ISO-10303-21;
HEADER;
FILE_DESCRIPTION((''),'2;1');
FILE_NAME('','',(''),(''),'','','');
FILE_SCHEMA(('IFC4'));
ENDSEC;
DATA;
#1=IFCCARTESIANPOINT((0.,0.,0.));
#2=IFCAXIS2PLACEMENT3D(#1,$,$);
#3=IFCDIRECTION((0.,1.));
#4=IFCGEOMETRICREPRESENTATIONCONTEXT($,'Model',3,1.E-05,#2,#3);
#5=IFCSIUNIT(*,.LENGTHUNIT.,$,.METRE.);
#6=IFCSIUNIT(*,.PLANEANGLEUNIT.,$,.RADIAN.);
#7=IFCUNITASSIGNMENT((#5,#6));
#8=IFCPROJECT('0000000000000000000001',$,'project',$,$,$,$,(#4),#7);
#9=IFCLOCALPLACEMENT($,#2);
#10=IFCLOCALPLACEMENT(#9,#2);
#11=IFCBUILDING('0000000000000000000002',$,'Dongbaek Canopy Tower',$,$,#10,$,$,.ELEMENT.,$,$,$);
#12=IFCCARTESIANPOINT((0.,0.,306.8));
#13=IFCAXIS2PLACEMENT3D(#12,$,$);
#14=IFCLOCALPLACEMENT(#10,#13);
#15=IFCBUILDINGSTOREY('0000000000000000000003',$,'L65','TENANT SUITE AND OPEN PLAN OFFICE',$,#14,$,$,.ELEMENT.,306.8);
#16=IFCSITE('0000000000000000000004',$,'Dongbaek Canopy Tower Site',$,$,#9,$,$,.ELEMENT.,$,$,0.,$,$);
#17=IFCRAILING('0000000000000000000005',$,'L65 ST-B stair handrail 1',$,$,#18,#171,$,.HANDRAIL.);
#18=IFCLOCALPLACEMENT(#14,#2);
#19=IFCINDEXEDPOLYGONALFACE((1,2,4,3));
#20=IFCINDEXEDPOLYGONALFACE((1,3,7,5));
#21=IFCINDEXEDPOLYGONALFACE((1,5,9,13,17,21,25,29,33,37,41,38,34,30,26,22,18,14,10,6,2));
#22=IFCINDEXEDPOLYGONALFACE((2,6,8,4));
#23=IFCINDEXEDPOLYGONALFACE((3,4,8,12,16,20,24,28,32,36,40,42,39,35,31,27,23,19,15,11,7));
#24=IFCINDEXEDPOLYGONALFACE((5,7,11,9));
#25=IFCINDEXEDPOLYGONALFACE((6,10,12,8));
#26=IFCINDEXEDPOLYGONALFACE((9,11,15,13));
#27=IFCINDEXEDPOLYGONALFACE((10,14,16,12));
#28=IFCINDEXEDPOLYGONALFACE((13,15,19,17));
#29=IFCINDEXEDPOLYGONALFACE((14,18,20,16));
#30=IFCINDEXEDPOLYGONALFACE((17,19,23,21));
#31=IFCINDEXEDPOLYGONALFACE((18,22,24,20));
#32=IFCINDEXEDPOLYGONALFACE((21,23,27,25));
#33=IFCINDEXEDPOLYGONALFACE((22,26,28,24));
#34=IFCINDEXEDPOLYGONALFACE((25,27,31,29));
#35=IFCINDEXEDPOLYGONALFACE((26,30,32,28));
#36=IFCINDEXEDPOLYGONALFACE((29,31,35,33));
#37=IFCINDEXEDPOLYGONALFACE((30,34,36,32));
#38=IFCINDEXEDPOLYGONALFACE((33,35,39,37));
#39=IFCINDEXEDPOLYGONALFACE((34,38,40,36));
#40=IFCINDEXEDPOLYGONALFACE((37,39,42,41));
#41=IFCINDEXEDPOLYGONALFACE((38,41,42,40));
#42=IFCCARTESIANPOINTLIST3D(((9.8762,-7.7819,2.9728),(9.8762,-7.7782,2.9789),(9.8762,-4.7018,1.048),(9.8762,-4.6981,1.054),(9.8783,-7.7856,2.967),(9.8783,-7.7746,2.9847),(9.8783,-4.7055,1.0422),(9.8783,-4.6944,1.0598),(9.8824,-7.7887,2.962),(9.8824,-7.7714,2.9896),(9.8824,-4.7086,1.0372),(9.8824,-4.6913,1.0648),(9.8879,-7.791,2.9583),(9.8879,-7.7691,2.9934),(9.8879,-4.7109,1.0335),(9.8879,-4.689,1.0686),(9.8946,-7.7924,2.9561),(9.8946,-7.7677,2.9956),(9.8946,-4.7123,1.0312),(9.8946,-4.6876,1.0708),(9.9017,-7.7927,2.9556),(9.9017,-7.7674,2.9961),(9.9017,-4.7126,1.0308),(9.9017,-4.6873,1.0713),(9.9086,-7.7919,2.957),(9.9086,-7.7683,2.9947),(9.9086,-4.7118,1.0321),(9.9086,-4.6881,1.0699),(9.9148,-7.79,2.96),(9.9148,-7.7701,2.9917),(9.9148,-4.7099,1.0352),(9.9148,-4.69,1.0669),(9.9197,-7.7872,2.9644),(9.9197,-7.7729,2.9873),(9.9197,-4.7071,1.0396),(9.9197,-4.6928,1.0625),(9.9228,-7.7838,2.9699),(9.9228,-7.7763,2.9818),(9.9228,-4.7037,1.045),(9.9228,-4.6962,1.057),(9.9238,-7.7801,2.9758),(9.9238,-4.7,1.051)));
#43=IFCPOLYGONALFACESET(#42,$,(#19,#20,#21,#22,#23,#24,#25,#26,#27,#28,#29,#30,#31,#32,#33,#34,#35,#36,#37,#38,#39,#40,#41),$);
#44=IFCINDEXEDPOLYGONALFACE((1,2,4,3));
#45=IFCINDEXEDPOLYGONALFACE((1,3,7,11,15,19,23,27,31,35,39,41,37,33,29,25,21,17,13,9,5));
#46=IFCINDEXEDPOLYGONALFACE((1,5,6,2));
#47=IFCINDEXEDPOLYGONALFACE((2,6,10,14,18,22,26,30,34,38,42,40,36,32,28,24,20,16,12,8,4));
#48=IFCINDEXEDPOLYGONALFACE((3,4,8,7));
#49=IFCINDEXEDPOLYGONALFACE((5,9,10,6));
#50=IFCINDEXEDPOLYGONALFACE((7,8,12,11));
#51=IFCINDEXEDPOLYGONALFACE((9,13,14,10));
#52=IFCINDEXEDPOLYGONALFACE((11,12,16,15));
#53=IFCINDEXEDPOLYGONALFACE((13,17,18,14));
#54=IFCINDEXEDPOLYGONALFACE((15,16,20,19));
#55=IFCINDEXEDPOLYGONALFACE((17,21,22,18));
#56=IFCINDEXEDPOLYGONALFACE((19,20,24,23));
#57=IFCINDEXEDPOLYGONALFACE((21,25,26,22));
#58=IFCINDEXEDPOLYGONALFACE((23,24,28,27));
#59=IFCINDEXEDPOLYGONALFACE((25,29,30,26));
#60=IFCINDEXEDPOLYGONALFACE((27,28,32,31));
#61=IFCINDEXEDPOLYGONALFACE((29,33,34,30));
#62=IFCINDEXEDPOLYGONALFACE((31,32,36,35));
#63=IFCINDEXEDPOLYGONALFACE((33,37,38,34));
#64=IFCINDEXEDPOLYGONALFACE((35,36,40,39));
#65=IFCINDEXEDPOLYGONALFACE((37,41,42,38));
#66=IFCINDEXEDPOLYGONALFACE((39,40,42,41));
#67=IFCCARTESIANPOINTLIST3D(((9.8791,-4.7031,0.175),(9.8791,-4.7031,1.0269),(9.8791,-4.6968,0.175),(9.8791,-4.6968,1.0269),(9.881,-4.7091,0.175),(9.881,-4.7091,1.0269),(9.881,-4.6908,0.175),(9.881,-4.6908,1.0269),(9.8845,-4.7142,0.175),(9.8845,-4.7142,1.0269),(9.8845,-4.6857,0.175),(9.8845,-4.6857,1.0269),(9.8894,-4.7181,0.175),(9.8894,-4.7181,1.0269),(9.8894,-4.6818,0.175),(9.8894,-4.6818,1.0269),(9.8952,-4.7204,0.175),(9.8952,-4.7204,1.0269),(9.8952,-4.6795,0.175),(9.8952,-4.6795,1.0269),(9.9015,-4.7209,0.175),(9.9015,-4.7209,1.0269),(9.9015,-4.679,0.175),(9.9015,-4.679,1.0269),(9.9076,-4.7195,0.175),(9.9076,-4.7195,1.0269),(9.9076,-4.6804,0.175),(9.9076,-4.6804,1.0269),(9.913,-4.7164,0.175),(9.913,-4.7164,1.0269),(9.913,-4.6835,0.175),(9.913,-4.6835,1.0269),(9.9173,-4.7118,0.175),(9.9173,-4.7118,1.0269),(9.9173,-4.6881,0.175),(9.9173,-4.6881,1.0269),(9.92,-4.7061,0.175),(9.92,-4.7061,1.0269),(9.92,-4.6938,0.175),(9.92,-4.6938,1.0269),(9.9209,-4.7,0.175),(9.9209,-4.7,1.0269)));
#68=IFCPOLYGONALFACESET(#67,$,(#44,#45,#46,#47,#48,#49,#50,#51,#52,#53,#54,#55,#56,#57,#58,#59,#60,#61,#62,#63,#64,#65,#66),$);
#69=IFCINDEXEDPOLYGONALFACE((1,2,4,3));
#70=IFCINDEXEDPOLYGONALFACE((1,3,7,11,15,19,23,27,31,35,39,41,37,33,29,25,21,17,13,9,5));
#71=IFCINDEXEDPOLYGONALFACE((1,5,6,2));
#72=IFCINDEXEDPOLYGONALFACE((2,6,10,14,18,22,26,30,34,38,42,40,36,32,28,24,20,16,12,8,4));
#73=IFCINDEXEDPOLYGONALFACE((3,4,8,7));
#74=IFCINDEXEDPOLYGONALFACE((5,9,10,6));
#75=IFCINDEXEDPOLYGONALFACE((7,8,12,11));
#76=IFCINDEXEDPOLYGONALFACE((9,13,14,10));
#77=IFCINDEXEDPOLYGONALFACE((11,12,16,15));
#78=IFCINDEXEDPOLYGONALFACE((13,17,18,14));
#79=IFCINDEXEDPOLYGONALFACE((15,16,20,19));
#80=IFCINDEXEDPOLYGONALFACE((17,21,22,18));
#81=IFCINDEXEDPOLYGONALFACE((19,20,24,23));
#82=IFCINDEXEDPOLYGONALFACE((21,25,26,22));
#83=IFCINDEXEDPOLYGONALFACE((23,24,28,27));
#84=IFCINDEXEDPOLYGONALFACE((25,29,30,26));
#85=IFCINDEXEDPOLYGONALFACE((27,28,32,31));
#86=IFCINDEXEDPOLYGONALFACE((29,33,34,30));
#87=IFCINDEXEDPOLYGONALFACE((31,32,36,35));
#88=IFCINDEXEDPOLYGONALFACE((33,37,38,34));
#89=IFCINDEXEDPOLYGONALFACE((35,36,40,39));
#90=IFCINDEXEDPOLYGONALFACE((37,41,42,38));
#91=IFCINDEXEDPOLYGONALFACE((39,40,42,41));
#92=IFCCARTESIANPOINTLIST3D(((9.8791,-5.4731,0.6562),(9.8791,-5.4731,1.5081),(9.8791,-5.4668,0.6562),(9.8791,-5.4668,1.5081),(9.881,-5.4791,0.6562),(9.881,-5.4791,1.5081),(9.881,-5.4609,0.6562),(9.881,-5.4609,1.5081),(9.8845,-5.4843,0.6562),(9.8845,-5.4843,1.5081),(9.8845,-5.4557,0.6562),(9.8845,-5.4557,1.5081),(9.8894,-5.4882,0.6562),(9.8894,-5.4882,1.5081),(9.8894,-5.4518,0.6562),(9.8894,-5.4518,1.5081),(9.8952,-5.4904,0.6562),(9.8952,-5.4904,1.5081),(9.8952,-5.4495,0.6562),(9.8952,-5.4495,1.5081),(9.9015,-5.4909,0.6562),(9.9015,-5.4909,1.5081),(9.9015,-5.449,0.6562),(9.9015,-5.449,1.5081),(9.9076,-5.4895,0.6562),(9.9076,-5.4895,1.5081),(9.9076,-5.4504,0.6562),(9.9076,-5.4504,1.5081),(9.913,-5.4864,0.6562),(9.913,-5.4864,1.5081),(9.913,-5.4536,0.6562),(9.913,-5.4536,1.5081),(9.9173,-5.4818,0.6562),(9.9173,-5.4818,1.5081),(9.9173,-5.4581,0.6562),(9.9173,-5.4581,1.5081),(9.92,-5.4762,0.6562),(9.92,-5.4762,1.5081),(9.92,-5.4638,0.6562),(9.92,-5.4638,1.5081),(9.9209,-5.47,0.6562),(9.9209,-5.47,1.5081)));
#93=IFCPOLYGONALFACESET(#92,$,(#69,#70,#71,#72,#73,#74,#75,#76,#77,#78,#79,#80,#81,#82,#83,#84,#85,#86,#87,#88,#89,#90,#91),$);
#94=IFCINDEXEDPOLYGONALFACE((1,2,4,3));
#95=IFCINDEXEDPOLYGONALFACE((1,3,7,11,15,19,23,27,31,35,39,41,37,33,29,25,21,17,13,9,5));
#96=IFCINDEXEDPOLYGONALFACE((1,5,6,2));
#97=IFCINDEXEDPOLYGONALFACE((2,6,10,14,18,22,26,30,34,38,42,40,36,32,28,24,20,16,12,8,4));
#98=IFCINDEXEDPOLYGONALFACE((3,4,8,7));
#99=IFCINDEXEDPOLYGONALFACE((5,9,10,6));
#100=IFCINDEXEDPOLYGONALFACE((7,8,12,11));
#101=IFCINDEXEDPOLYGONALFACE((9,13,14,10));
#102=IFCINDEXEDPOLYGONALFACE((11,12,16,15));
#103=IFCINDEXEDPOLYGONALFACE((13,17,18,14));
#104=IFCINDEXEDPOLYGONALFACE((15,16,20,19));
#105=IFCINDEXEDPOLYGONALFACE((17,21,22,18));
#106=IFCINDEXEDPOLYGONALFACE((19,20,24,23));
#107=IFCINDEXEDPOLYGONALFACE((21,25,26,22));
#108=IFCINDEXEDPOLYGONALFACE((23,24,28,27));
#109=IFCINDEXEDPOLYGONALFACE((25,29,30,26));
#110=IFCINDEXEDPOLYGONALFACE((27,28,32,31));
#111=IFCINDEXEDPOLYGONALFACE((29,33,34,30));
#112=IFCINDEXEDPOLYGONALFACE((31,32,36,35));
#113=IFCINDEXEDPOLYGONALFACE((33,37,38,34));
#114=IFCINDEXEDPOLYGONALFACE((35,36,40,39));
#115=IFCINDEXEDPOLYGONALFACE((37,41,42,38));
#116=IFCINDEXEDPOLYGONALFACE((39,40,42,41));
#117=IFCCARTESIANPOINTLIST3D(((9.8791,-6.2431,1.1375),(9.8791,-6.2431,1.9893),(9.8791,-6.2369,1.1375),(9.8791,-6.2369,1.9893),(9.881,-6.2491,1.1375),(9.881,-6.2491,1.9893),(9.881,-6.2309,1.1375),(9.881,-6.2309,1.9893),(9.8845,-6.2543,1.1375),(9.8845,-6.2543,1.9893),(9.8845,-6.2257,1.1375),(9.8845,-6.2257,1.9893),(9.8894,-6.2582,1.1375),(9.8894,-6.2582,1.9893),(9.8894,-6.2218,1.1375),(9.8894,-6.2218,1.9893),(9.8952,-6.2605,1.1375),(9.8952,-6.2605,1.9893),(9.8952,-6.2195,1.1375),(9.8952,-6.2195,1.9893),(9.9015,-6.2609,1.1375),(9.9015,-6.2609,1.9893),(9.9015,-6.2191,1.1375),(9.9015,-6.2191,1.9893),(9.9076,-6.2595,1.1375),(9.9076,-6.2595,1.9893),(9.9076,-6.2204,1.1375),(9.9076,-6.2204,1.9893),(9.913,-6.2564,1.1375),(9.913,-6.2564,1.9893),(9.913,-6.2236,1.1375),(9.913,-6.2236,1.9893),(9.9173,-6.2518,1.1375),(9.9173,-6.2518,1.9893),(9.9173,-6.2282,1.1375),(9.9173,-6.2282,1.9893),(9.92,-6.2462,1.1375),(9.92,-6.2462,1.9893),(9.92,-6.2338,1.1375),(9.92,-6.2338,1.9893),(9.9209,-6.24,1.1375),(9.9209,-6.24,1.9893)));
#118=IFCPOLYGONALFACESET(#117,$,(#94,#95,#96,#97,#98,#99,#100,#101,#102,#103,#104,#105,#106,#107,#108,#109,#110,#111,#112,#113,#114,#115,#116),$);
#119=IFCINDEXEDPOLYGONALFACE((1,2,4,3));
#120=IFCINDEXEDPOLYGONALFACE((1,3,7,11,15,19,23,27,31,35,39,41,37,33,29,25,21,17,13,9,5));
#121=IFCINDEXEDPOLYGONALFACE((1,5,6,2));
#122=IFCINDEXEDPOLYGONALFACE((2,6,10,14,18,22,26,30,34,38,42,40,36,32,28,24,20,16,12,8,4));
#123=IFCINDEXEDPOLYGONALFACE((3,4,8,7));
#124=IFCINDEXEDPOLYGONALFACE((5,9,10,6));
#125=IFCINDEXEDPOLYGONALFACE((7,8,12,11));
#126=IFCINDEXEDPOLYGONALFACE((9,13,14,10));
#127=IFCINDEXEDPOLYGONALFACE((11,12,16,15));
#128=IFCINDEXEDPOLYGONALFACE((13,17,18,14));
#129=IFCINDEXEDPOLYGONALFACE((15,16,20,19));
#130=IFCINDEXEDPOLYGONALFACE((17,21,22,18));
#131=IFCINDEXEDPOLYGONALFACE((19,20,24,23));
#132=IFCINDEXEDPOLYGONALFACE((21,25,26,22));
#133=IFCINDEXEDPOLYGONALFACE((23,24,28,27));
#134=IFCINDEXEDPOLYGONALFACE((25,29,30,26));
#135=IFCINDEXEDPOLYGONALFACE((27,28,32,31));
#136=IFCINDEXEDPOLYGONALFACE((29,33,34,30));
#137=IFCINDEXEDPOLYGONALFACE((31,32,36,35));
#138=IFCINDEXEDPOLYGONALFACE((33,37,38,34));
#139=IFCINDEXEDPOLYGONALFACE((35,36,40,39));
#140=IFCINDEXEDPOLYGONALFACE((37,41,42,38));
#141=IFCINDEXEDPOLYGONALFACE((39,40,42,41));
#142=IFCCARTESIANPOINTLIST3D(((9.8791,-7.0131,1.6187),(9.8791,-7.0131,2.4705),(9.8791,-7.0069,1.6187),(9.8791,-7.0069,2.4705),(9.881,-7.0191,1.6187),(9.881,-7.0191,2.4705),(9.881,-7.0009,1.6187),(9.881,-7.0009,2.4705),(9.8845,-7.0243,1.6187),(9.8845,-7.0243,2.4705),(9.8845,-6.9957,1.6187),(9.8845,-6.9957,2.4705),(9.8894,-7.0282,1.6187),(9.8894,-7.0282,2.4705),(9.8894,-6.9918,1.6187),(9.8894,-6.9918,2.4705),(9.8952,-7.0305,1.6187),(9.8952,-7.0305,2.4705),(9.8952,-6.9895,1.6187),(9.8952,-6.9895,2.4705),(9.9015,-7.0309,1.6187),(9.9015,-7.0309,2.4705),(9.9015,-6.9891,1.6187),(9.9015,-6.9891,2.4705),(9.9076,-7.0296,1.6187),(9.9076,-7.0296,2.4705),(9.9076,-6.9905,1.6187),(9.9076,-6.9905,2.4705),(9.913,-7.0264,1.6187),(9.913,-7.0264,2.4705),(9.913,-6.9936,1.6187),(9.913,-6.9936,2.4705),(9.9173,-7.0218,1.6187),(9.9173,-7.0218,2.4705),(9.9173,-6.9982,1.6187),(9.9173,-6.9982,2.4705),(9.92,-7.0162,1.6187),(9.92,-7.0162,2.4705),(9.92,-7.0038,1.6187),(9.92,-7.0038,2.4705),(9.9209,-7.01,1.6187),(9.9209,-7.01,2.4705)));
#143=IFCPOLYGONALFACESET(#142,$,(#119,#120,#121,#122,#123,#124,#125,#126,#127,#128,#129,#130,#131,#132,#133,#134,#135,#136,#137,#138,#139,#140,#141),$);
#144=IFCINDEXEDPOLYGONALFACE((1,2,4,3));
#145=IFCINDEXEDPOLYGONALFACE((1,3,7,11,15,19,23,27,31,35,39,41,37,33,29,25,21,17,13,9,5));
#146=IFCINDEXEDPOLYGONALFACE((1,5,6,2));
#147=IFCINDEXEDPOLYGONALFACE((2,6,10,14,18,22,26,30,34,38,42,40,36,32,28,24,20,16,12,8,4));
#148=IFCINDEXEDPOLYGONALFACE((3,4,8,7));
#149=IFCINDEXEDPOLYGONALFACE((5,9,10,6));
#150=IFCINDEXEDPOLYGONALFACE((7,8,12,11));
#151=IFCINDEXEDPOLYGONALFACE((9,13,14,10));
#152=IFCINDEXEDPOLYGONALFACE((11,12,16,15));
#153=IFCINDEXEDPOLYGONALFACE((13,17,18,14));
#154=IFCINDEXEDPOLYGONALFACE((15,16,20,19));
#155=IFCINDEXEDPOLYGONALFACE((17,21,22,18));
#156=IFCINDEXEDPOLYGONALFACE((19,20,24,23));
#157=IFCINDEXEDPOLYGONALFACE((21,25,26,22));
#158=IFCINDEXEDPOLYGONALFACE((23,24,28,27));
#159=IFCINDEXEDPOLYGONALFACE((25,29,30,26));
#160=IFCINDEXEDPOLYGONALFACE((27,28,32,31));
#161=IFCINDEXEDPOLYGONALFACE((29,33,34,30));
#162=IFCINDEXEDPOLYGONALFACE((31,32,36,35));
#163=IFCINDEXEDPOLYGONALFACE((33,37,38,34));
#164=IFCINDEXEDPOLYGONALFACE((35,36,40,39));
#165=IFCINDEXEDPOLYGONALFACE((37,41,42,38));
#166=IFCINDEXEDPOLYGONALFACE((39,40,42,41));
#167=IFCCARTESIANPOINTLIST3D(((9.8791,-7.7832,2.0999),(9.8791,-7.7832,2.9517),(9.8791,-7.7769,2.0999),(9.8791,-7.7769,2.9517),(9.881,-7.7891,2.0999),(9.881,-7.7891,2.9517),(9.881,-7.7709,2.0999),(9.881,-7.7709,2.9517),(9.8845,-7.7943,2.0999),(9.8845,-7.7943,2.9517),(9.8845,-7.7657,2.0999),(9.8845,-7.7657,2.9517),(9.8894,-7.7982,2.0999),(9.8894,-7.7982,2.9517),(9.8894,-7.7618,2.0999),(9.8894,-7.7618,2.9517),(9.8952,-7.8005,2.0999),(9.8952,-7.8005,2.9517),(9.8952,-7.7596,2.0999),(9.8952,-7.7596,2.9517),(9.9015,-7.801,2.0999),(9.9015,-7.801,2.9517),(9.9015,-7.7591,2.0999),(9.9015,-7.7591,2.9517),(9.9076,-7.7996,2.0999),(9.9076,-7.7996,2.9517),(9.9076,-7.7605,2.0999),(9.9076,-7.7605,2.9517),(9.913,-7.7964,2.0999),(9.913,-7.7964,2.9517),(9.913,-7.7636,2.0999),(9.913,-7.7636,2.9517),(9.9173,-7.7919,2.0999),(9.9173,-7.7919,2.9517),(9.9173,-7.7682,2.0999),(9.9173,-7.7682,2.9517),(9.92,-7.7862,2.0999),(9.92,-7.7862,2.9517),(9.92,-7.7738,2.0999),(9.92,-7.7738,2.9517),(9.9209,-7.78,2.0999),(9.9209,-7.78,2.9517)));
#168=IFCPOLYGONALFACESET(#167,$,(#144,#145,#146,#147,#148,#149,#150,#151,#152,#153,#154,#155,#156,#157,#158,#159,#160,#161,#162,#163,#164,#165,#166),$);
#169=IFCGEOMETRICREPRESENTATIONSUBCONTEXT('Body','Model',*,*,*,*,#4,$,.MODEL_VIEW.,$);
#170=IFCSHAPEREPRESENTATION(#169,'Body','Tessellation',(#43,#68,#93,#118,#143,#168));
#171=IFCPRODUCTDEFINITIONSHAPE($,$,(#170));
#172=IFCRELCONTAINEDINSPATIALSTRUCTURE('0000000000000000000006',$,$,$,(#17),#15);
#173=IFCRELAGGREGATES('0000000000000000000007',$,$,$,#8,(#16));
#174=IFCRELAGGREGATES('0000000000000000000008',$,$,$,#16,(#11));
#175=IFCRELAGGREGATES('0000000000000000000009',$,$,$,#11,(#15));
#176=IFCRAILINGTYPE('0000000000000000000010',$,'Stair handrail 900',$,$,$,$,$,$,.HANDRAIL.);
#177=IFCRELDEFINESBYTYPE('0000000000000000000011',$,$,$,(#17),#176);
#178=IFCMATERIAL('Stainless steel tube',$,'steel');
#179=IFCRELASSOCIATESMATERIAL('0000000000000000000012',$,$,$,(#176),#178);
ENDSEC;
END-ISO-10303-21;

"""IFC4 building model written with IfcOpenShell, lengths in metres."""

from ifc_helpers import new_model, si_unit, direction, frame, origin, origin_2d, place, context, subcontext, project, spatial, circle, extrude, material, type_object, element, save


model = new_model("IFC4")

# Units and contexts
model_context = context("Model", 3, precision=1e-05, world=origin(), true_north=direction((0.0, 1.0)))
body_context = subcontext(model_context, "Body", "Model", "MODEL_VIEW")
ifc_project = project(units=[si_unit("LENGTHUNIT", "METRE"), si_unit("PLANEANGLEUNIT", "RADIAN")], contexts=[model_context])

# Site, building, storey
site_placement = place(None, origin())
site = spatial("IfcSite", under=ifc_project, at=site_placement, Name="Dongbaek Canopy Tower Site", CompositionType="ELEMENT", RefElevation=0.0)
building_placement = place(site_placement, origin())
building = spatial("IfcBuilding", under=site, at=building_placement, Name="Dongbaek Canopy Tower", CompositionType="ELEMENT")
storey_placement = place(building_placement, frame((0.0, 0.0, 306.8)))
storey = spatial("IfcBuildingStorey", under=building, at=storey_placement, Name="L65", Description="TENANT SUITE AND OPEN PLAN OFFICE", CompositionType="ELEMENT", Elevation=306.8)

# Railing
ifc_material_1 = material(Name="Stainless steel tube", Category="steel")
railing_type_1 = type_object("IfcRailingType", Name="Stair handrail 900", PredefinedType="HANDRAIL", material=ifc_material_1)
railing_1_placement = place(storey_placement, frame((9.8999, -4.7, 0.175)))
element("IfcRailing", 1, at=railing_1_placement, inside=storey, type_object=railing_type_1, Name="L65 ST-B stair handrail 1", PredefinedType="HANDRAIL", context=body_context, shape_type="SweptSolid", body=[
    extrude(circle(Radius=0.0239, at=origin_2d()), frame((0.0, 0.0, 0.876), z_axis=(0.0, -0.848029, 0.529951), x_axis=(1.0, 0.0, 0.0)), (0.0, 0.0, 1.0), 3.6321),
    extrude(circle(Radius=0.021, at=origin_2d()), origin(), (0.0, 0.0, 1.0), 0.8518),
    extrude(circle(Radius=0.021, at=origin_2d()), frame((0.0, -0.77, 0.4812)), (0.0, 0.0, 1.0), 0.8518),
    extrude(circle(Radius=0.021, at=origin_2d()), frame((0.0, -1.54, 0.9624)), (0.0, 0.0, 1.0), 0.8518),
    extrude(circle(Radius=0.021, at=origin_2d()), frame((0.0, -2.3101, 1.4436)), (0.0, 0.0, 1.0), 0.8518),
    extrude(circle(Radius=0.021, at=origin_2d()), frame((0.0, -3.0801, 1.9248)), (0.0, 0.0, 1.0), 0.8518),
])

save(model, "model.ifc")
